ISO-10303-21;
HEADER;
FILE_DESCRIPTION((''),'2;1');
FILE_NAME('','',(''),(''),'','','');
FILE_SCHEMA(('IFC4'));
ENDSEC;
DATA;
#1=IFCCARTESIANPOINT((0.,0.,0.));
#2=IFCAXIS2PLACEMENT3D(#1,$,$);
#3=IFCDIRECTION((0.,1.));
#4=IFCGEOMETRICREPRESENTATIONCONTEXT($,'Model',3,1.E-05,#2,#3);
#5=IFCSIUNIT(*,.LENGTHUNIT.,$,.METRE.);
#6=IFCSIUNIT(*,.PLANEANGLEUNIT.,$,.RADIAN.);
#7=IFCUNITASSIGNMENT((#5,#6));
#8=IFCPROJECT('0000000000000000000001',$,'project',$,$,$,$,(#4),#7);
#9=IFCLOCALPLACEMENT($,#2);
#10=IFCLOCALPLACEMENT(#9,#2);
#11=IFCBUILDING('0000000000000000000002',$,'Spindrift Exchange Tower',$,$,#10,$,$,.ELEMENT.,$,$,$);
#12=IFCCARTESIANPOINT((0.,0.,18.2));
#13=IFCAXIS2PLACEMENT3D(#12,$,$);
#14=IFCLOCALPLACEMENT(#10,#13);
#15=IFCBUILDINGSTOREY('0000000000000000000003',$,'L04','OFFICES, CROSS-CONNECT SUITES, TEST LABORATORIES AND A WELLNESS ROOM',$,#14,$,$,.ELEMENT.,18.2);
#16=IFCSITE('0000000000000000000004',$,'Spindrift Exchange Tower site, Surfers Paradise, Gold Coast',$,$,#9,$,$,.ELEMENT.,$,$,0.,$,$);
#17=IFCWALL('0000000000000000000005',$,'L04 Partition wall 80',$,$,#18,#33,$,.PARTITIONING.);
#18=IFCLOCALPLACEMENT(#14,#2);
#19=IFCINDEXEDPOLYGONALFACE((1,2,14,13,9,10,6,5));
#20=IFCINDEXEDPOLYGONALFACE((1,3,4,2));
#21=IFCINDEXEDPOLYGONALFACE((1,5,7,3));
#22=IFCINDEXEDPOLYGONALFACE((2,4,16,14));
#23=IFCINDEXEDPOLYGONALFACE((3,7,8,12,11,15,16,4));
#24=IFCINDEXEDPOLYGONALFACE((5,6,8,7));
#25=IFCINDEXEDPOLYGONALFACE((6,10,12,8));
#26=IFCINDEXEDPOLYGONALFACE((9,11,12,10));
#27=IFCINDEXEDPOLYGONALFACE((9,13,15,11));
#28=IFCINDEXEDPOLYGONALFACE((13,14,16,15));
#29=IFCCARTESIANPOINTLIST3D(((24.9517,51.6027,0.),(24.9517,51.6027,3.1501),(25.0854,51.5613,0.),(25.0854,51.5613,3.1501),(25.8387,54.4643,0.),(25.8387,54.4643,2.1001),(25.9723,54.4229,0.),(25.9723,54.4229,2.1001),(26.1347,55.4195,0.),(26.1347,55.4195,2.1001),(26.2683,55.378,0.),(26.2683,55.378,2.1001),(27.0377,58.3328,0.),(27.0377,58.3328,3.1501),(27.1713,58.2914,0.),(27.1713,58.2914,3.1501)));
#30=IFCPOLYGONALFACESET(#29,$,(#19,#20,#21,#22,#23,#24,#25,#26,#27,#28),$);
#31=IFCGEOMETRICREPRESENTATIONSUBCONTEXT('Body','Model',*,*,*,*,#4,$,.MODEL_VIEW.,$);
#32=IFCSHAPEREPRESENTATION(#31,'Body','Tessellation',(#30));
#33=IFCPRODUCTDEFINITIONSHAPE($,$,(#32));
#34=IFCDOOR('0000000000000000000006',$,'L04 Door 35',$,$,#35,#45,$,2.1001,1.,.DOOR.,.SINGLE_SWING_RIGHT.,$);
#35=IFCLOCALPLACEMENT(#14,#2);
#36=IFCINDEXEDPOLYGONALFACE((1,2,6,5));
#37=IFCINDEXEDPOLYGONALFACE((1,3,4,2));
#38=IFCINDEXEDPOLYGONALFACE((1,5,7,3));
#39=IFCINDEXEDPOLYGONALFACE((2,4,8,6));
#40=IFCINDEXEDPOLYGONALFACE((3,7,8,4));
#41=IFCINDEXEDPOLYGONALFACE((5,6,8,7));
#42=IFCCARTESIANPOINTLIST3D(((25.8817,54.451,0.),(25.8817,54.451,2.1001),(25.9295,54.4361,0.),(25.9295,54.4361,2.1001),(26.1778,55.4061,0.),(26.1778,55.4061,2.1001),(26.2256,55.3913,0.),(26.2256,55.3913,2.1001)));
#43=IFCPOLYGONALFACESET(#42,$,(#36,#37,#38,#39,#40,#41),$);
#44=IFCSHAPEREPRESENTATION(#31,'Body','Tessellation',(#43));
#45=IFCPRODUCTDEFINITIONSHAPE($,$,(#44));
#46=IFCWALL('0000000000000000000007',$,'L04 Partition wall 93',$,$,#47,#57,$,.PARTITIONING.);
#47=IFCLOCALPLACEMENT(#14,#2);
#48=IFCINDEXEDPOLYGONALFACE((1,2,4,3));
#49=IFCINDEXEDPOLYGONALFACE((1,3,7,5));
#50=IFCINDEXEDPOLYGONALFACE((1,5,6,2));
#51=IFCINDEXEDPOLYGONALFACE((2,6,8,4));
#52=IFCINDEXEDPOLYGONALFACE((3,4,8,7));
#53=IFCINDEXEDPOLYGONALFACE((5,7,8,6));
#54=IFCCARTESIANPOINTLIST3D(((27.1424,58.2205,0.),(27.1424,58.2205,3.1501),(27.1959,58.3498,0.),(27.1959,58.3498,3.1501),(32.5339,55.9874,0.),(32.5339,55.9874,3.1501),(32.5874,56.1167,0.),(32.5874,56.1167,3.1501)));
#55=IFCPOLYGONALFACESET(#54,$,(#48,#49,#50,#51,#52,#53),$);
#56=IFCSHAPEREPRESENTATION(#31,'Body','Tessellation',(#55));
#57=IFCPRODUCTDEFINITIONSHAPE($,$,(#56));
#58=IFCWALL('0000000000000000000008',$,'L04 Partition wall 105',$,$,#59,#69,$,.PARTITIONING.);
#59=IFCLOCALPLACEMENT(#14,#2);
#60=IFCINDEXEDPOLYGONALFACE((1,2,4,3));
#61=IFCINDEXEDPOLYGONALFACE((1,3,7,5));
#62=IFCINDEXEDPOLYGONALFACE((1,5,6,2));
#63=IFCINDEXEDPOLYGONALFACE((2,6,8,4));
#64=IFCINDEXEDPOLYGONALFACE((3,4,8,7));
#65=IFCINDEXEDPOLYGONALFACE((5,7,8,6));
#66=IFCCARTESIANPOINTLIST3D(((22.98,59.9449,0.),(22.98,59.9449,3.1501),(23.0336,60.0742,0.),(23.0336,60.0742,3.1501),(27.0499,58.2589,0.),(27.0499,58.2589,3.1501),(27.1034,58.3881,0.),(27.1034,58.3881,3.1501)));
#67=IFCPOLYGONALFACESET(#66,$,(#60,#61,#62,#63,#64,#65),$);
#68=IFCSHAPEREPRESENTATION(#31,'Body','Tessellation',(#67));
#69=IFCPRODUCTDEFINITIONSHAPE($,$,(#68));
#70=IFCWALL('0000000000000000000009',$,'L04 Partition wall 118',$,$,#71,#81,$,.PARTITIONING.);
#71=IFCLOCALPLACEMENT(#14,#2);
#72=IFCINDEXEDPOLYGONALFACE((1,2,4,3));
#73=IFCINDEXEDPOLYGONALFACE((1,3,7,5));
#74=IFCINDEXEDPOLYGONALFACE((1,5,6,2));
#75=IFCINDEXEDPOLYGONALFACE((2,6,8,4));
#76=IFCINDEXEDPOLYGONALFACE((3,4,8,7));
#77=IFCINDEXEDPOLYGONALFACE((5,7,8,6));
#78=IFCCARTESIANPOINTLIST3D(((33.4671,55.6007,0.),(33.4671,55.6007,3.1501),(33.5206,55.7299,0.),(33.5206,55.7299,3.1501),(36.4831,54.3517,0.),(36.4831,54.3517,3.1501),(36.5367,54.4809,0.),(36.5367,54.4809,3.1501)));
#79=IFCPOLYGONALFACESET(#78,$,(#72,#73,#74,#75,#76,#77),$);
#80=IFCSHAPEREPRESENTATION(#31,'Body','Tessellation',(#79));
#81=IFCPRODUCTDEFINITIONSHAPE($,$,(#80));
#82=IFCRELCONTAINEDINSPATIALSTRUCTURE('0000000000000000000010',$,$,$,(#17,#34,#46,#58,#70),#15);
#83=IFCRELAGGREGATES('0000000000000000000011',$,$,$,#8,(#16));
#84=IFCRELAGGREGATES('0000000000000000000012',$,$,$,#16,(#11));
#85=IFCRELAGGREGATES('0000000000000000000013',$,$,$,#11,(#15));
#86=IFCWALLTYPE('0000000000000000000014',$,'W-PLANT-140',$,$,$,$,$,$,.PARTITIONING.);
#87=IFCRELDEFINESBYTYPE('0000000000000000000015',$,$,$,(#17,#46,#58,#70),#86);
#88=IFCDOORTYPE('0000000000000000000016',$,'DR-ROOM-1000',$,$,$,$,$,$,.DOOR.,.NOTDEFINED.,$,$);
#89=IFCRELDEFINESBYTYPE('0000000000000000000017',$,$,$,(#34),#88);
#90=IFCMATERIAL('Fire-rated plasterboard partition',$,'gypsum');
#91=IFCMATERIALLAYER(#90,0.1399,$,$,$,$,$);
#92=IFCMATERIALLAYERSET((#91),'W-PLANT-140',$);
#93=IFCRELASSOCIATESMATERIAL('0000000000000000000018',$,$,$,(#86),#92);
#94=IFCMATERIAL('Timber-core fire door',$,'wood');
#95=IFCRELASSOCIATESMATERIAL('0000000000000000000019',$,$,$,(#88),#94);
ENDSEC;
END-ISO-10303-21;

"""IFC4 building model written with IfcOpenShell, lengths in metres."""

from ifc_helpers import new_model, si_unit, direction, frame, frame_2d, origin, place, context, subcontext, project, spatial, rectangle, extrude, source, transform, mapped, material, layer, layer_set, type_object, element, fill, save


model = new_model("IFC4")

# Units and contexts
model_context = context("Model", 3, precision=1e-05, world=origin(), true_north=direction((0.0, 1.0)))
body_context = subcontext(model_context, "Body", "Model", "MODEL_VIEW")
ifc_project = project(units=[si_unit("LENGTHUNIT", "METRE"), si_unit("PLANEANGLEUNIT", "RADIAN")], contexts=[model_context])

# Site, building, storey
site_placement = place(None, origin())
site = spatial("IfcSite", under=ifc_project, at=site_placement, Name="Spindrift Exchange Tower site, Surfers Paradise, Gold Coast", CompositionType="ELEMENT", RefElevation=0.0)
building_placement = place(site_placement, origin())
building = spatial("IfcBuilding", under=site, at=building_placement, Name="Spindrift Exchange Tower", CompositionType="ELEMENT")
storey_placement = place(building_placement, frame((0.0, 0.0, 18.2)))
storey = spatial("IfcBuildingStorey", under=building, at=storey_placement, Name="L04", Description="OFFICES, CROSS-CONNECT SUITES, TEST LABORATORIES AND A WELLNESS ROOM", CompositionType="ELEMENT", Elevation=18.2)

# Shared definitions
ifc_material_1 = material(Name="Fire-rated plasterboard partition", Category="gypsum")
ifc_layer_1 = layer(ifc_material_1, 0.1399)
ifc_layer_set_1 = layer_set([ifc_layer_1], Name="W-PLANT-140")
wall_type_1 = type_object("IfcWallType", Name="W-PLANT-140", PredefinedType="PARTITIONING", material=ifc_layer_set_1)

# Wall, opening, door
wall_1_placement = place(storey_placement, frame((25.0186, 51.582, 0.0), z_axis=(0.0, 0.0, 1.0), x_axis=(0.296053, 0.955172, 0.0)))
wall_1 = element("IfcWall", 1, at=wall_1_placement, inside=storey, type_object=wall_type_1, Name="L04 Partition wall 80", PredefinedType="PARTITIONING", context=body_context, shape_type="SweptSolid", body=[
    extrude(rectangle(XDim=7.0459, YDim=0.1399, at=frame_2d((3.5229, 0.0))), origin(), (0.0, 0.0, 1.0), 3.1501),
])
opening_placement = place(wall_1_placement, frame((2.9958, 0.0, 0.0)))
opening = element("IfcOpeningElement", 2, at=opening_placement, cuts=wall_1, PredefinedType="OPENING", context=body_context, shape_type="SweptSolid", body=[
    extrude(rectangle(XDim=1.0, YDim=2.1001, at=frame_2d((0.5, 1.05))), frame((0.0, 0.0798, 0.0), z_axis=(0.0, -1.0, 0.0), x_axis=(1.0, 0.0, 0.0)), (0.0, 0.0, 1.0), 0.1599),
])
ifc_material_2 = material(Name="Timber-core fire door", Category="wood")
door_type = type_object("IfcDoorType", Name="DR-ROOM-1000", OperationType="NOTDEFINED", PredefinedType="DOOR", material=ifc_material_2)
shared_shape_1 = source(origin(), body_context, "Body", "SweptSolid", [
    extrude(rectangle(XDim=1.0, YDim=2.1001, at=frame_2d((0.5, 1.05))), frame((0.0, 0.0249, 0.0), z_axis=(0.0, -1.0, 0.0), x_axis=(1.0, 0.0, 0.0)), (0.0, 0.0, 1.0), 0.05),
])
door_placement = place(opening_placement, origin())
door = element("IfcDoor", 3, at=door_placement, inside=storey, type_object=door_type, Name="L04 Door 35", OperationType="SINGLE_SWING_RIGHT", OverallHeight=2.1001, OverallWidth=1.0, PredefinedType="DOOR", context=body_context, shape_type="MappedRepresentation", body=[
    mapped(shared_shape_1, transform((0.0, 0.0, 0.0), scale=1.0)),
])
fill(opening, door)

# Walls
wall_2_placement = place(storey_placement, frame((32.5608, 56.052, 0.0), z_axis=(0.0, 0.0, 1.0), x_axis=(-0.923887, 0.382666, 0.0)))
element("IfcWall", 4, at=wall_2_placement, inside=storey, type_object=wall_type_1, Name="L04 Partition wall 93", PredefinedType="PARTITIONING", context=body_context, shape_type="SweptSolid", body=[
    extrude(rectangle(XDim=5.8357, YDim=0.1399, at=frame_2d((2.918, 0.0))), origin(), (0.0, 0.0, 1.0), 3.1501),
])
wall_3_placement = place(storey_placement, frame((27.0767, 58.3235, 0.0), z_axis=(0.0, 0.0, 1.0), x_axis=(-0.923859, 0.382734, 0.0)))
element("IfcWall", 5, at=wall_3_placement, inside=storey, type_object=wall_type_1, Name="L04 Partition wall 105", PredefinedType="PARTITIONING", context=body_context, shape_type="SweptSolid", body=[
    extrude(rectangle(XDim=4.4053, YDim=0.1399, at=frame_2d((2.2026, 0.0))), origin(), (0.0, 0.0, 1.0), 3.1501),
])
wall_4_placement = place(storey_placement, frame((36.51, 54.4163, 0.0), z_axis=(0.0, 0.0, 1.0), x_axis=(-0.923911, 0.382607, 0.0)))
element("IfcWall", 6, at=wall_4_placement, inside=storey, type_object=wall_type_1, Name="L04 Partition wall 118", PredefinedType="PARTITIONING", context=body_context, shape_type="SweptSolid", body=[
    extrude(rectangle(XDim=3.2644, YDim=0.1399, at=frame_2d((1.6323, 0.0))), origin(), (0.0, 0.0, 1.0), 3.1501),
])

save(model, "model.ifc")
